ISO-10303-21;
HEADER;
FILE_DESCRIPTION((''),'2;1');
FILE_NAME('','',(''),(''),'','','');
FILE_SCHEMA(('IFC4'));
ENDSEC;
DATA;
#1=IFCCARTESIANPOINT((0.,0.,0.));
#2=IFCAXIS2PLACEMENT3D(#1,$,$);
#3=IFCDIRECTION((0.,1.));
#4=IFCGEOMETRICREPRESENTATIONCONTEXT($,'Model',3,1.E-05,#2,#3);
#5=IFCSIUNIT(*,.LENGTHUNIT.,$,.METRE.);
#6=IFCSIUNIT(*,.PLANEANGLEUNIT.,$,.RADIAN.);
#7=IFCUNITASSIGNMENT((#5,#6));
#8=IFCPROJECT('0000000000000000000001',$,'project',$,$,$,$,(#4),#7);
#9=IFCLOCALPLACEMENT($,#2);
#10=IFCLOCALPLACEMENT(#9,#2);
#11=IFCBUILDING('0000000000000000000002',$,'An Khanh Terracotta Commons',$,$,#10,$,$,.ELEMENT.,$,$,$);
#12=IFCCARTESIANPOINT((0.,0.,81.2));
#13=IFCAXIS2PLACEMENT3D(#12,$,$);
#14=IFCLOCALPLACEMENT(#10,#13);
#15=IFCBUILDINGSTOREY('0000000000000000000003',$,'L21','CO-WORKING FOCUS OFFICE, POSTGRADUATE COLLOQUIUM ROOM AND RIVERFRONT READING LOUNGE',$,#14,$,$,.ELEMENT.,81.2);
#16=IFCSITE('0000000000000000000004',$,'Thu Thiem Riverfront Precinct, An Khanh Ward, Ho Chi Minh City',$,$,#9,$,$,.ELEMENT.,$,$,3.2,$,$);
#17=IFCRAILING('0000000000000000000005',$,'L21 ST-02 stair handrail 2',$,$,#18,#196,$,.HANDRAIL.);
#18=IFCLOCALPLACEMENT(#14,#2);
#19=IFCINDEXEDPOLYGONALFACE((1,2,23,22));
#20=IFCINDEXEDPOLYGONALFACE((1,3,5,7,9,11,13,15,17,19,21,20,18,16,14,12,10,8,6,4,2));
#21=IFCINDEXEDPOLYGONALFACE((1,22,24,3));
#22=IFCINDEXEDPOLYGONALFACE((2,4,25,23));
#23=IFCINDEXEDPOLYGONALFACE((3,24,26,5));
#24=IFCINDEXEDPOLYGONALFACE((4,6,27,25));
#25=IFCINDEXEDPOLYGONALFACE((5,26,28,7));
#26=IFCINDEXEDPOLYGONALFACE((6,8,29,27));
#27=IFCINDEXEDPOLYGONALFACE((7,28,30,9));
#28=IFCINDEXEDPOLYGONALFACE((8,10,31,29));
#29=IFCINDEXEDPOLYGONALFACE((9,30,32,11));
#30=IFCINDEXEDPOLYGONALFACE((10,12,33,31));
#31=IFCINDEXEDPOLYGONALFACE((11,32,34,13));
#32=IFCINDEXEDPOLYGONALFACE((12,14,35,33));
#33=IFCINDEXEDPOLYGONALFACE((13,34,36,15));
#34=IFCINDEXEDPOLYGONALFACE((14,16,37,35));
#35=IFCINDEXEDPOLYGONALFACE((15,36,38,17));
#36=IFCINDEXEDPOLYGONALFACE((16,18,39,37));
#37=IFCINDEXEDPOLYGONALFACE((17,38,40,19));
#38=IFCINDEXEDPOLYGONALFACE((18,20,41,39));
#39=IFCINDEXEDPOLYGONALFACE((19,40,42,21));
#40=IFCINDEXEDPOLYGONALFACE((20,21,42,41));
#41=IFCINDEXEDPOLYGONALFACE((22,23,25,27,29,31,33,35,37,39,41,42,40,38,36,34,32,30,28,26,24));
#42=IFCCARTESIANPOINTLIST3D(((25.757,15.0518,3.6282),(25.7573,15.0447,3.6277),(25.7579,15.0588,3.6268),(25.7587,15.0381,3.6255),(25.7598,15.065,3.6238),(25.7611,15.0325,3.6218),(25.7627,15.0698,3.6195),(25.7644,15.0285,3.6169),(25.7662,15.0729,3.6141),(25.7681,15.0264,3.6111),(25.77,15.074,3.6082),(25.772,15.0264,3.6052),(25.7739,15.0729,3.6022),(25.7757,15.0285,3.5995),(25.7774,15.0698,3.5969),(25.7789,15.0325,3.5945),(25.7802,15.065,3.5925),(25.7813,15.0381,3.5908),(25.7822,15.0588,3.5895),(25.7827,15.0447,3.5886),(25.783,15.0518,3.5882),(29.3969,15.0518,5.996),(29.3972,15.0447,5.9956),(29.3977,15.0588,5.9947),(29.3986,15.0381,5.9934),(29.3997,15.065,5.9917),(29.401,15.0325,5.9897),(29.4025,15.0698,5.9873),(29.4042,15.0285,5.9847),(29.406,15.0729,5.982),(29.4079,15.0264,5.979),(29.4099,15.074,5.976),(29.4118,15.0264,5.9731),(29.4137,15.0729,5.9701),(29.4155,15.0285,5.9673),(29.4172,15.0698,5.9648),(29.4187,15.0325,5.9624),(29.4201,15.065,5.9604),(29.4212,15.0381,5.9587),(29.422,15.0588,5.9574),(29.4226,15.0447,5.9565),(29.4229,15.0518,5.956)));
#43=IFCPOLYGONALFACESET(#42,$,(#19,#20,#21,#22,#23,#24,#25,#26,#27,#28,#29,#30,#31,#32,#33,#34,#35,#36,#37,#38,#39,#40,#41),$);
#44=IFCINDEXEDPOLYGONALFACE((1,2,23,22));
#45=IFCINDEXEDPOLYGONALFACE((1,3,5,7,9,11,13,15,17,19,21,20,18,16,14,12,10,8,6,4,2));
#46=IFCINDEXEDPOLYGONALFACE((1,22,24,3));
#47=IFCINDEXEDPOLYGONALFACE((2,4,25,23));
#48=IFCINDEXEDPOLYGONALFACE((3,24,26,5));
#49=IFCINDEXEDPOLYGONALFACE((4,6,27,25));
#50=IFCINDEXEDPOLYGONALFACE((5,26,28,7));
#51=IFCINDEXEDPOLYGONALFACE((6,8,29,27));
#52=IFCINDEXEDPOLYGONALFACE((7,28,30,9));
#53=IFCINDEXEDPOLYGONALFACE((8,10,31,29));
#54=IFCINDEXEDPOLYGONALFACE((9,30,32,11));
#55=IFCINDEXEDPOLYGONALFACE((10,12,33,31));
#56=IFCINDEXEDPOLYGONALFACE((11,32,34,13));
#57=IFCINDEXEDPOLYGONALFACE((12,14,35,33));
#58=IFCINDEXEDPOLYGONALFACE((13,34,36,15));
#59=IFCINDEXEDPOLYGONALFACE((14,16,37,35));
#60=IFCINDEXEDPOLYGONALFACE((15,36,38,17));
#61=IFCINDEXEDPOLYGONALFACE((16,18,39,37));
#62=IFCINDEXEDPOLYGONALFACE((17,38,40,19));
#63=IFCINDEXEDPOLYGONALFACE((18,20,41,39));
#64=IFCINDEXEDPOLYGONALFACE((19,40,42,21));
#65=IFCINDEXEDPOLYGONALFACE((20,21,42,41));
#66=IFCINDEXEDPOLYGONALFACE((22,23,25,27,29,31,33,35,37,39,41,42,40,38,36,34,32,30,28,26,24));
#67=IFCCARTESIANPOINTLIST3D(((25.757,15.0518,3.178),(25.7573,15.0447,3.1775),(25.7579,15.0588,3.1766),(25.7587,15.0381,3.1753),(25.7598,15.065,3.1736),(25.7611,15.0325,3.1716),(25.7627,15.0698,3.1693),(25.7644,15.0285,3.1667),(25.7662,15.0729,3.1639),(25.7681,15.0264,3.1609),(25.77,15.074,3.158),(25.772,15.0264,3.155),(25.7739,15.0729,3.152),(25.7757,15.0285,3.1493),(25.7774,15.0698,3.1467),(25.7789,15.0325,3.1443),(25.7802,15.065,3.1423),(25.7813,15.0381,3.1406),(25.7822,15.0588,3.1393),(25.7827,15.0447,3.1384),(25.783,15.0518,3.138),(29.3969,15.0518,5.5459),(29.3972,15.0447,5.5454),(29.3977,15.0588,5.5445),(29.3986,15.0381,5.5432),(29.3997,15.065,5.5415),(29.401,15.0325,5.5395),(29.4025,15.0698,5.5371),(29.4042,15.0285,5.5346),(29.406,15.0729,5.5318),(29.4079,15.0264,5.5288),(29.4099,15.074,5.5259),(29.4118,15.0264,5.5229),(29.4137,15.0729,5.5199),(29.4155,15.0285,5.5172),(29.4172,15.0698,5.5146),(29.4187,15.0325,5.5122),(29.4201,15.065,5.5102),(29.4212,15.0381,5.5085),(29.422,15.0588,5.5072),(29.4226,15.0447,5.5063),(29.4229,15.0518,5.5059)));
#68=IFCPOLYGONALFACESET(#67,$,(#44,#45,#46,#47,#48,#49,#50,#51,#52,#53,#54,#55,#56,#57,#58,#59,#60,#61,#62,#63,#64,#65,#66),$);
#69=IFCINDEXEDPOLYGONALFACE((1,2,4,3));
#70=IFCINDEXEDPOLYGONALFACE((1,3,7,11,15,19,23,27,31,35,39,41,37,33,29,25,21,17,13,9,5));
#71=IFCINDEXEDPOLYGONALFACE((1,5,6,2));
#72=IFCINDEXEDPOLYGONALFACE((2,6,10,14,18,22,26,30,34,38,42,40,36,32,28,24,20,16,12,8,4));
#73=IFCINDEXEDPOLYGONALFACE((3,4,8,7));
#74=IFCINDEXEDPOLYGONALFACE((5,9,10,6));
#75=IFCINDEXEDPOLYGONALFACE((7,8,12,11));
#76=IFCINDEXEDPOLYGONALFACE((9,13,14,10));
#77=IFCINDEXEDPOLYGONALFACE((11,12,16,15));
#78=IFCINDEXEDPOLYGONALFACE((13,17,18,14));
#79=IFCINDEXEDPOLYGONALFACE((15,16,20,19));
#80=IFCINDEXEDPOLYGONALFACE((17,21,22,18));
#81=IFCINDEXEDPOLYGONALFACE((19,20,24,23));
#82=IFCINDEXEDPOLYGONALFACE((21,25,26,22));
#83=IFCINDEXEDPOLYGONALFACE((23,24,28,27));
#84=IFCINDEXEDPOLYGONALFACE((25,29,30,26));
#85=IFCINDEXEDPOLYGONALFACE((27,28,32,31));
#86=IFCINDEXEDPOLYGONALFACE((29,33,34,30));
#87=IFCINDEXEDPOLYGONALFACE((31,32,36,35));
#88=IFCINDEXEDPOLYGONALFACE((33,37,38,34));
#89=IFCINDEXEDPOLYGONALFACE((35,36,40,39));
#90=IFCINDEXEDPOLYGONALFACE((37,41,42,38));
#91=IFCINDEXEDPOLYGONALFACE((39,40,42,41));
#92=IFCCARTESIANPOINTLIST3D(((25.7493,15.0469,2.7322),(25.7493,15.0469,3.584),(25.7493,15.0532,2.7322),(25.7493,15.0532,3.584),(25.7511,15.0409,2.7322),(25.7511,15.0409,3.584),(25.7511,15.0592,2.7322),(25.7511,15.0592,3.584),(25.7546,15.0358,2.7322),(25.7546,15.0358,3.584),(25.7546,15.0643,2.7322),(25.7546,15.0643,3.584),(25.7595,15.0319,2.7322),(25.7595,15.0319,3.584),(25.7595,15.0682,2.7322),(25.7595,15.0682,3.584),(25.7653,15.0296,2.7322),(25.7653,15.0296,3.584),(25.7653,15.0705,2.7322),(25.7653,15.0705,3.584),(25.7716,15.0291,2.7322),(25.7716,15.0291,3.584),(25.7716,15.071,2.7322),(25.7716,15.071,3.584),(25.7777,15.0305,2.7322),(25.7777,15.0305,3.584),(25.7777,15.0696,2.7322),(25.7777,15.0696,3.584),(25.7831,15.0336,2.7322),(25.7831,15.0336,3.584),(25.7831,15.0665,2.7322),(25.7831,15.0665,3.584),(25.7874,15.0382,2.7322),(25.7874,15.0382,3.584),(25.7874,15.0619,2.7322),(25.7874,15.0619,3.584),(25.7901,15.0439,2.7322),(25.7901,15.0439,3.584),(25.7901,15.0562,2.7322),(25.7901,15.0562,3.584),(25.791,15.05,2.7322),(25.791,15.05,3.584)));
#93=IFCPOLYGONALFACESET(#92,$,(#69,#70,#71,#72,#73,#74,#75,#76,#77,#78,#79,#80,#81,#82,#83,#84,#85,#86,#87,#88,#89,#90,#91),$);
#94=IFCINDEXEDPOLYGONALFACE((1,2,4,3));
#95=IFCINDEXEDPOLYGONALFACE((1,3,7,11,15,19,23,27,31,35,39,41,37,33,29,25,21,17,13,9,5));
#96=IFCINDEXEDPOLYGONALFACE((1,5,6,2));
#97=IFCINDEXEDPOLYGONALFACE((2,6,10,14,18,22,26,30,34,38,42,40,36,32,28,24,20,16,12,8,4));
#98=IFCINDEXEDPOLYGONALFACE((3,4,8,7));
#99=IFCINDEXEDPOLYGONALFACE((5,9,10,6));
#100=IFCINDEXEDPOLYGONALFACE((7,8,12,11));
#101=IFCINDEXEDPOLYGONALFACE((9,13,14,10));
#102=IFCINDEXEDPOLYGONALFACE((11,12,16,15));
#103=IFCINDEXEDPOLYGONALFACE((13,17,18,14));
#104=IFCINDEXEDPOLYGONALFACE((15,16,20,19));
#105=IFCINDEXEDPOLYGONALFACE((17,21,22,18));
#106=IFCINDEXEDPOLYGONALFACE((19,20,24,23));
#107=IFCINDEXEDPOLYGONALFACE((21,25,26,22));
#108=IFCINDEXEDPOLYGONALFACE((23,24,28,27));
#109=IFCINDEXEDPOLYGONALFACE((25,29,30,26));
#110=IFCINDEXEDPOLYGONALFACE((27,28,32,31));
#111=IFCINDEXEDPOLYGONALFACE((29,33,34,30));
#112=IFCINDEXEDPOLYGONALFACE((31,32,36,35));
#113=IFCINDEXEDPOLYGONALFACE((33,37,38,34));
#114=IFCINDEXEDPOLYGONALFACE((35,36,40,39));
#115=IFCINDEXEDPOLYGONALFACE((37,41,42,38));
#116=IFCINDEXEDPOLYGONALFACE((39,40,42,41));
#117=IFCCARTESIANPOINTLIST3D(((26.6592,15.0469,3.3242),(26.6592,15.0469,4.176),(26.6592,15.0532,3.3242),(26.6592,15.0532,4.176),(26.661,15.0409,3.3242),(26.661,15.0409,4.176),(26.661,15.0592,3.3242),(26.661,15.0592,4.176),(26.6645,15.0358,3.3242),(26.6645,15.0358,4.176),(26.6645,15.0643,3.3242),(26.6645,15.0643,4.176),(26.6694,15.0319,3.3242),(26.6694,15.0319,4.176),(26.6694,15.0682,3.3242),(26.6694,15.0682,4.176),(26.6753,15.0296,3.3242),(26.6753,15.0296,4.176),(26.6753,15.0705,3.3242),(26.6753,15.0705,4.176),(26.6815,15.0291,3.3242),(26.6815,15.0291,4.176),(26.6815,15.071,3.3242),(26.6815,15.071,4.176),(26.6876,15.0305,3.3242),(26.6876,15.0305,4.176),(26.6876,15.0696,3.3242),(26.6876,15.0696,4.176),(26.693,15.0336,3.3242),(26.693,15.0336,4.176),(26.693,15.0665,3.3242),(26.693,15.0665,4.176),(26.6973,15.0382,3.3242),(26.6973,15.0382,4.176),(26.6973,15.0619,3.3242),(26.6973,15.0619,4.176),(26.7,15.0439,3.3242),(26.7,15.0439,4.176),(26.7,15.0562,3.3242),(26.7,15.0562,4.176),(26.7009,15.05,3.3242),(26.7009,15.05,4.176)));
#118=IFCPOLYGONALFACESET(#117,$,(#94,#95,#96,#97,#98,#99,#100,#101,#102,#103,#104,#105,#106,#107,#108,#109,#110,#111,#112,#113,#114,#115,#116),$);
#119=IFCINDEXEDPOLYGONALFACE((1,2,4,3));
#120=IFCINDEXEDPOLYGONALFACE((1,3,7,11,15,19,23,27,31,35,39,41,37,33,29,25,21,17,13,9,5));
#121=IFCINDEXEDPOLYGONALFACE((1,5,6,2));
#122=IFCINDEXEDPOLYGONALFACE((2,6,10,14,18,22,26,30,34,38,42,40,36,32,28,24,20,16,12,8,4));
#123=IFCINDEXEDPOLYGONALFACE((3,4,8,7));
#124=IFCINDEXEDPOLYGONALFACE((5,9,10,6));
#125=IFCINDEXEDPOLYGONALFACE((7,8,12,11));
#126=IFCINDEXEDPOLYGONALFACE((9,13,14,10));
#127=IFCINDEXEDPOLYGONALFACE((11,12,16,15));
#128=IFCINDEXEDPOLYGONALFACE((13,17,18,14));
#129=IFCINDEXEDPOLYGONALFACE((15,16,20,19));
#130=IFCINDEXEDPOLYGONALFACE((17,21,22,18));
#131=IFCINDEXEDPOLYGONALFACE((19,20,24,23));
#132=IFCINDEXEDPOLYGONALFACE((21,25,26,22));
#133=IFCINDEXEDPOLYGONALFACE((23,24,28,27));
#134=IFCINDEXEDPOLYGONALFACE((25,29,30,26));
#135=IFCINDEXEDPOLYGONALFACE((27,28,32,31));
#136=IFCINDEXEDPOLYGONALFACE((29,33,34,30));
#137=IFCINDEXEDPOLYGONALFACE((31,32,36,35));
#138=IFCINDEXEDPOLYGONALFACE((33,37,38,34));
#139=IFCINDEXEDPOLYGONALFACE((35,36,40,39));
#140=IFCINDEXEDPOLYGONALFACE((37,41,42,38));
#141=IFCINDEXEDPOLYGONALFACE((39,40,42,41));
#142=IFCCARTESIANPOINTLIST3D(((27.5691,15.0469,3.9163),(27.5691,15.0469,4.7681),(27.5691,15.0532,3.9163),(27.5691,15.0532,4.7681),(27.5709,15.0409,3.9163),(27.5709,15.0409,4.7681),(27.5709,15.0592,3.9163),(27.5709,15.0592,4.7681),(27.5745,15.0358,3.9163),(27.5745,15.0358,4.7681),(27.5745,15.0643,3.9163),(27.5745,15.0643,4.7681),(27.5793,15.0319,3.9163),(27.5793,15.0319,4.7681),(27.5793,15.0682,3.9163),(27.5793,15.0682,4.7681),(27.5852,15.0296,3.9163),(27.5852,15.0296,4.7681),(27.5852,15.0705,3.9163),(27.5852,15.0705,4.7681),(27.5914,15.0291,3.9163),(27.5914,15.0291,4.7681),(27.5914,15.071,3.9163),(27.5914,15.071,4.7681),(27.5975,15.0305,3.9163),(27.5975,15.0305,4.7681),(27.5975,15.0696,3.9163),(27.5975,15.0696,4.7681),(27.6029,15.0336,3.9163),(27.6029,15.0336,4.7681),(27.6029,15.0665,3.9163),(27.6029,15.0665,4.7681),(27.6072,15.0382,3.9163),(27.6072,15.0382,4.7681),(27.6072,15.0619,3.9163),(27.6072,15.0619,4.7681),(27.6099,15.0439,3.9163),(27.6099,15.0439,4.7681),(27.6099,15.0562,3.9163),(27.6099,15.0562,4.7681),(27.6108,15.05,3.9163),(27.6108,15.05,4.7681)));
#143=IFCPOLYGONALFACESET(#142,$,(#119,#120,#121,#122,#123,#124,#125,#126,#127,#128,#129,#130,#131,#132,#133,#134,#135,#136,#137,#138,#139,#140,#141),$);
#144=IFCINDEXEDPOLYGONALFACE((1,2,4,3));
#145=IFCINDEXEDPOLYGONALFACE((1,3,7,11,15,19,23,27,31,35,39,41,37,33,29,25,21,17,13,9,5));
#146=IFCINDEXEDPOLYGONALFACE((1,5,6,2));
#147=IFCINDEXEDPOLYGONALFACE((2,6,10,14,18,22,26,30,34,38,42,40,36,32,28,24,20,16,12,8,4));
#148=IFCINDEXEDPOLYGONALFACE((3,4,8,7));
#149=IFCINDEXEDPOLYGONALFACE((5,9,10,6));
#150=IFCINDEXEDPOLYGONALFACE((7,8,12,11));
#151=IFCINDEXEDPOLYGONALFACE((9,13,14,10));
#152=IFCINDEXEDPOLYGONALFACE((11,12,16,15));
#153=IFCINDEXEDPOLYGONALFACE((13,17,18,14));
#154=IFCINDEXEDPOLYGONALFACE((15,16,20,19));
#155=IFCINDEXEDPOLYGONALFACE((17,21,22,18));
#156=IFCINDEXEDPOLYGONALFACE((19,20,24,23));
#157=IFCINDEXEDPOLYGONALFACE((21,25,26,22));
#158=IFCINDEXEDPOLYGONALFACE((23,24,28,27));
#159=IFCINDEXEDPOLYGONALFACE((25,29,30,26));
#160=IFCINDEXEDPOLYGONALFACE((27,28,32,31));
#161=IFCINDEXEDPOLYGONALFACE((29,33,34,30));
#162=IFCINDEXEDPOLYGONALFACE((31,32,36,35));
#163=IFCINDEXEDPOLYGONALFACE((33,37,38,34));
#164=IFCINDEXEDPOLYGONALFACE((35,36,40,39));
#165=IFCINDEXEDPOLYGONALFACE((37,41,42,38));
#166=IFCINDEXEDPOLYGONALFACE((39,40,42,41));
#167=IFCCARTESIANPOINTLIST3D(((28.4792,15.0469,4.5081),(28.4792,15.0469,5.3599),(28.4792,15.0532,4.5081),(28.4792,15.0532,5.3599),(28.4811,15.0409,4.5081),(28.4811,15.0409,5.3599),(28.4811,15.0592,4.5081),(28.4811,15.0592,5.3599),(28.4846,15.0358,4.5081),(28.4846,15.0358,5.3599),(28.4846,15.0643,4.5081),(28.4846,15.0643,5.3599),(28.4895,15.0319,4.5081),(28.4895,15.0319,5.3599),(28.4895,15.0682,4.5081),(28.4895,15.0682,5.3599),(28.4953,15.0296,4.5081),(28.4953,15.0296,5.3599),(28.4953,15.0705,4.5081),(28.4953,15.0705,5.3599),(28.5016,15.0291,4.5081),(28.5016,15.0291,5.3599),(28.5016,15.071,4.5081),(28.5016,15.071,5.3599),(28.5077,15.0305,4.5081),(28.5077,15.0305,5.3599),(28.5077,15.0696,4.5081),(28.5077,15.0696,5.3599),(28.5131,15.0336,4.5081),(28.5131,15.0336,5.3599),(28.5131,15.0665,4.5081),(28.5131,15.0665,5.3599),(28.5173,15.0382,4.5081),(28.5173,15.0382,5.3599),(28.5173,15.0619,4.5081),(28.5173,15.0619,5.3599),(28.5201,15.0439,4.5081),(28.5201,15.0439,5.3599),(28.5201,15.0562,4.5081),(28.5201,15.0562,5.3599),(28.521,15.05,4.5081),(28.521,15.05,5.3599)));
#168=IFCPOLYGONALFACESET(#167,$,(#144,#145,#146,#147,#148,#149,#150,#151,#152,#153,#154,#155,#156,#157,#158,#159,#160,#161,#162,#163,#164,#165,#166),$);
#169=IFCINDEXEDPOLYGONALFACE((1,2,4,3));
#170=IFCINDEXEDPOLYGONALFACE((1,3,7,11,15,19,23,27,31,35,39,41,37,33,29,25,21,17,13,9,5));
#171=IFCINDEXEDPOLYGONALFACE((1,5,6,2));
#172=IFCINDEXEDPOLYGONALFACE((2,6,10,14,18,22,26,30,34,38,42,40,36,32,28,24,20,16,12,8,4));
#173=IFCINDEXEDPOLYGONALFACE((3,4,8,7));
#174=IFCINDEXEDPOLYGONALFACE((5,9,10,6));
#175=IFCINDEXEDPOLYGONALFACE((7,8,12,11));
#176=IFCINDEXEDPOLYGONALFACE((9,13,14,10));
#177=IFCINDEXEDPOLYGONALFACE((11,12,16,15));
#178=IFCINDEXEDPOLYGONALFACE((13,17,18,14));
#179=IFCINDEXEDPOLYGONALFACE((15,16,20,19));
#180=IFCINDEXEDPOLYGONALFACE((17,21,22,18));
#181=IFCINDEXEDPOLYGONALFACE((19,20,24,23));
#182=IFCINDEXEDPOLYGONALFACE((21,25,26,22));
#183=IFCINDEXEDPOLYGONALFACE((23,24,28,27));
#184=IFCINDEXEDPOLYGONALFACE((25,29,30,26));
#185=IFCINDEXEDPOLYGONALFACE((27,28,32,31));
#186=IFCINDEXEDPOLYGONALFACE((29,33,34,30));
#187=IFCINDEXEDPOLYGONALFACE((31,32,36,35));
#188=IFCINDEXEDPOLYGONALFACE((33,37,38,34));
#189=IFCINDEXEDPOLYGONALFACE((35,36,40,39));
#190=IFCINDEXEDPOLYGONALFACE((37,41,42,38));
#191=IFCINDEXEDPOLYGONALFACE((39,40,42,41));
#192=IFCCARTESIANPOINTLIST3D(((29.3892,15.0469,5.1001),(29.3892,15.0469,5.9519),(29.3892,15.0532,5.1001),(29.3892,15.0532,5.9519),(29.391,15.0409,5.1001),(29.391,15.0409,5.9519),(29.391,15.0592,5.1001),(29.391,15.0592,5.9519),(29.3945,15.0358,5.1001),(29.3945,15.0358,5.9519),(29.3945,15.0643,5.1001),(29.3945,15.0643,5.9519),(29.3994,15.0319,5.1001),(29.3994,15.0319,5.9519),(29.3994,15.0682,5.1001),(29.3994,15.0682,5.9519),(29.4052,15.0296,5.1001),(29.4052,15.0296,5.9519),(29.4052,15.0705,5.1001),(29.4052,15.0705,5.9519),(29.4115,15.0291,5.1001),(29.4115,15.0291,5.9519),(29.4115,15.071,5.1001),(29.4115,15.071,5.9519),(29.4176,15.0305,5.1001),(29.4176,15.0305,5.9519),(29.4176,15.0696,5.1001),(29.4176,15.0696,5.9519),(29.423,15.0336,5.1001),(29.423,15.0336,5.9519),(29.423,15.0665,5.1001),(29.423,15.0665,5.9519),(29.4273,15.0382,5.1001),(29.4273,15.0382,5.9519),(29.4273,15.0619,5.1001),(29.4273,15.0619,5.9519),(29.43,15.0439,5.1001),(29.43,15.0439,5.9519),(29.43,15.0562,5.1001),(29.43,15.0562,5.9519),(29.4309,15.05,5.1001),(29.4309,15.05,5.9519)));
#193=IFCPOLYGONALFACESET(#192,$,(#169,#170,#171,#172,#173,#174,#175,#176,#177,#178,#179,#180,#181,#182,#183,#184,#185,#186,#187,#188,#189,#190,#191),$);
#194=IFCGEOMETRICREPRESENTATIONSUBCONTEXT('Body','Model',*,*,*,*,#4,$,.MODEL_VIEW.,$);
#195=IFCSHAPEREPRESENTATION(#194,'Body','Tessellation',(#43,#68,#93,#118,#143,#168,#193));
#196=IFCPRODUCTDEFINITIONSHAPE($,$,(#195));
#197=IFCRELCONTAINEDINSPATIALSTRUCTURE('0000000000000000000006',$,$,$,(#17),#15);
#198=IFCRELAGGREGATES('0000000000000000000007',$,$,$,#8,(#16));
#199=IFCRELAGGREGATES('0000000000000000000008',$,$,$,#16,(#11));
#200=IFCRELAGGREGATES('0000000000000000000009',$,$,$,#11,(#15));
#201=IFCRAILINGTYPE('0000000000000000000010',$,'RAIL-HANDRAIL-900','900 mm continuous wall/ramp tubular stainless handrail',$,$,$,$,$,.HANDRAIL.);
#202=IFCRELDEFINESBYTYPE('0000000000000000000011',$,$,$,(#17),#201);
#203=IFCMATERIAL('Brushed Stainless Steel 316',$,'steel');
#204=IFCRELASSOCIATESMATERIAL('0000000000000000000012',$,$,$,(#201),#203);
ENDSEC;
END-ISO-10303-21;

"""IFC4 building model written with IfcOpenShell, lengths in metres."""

from ifc_helpers import new_model, si_unit, direction, frame, origin, origin_2d, place, context, subcontext, project, spatial, circle, extrude, material, type_object, element, save


model = new_model("IFC4")

# Units and contexts
model_context = context("Model", 3, precision=1e-05, world=origin(), true_north=direction((0.0, 1.0)))
body_context = subcontext(model_context, "Body", "Model", "MODEL_VIEW")
ifc_project = project(units=[si_unit("LENGTHUNIT", "METRE"), si_unit("PLANEANGLEUNIT", "RADIAN")], contexts=[model_context])

# Site, building, storey
site_placement = place(None, origin())
site = spatial("IfcSite", under=ifc_project, at=site_placement, Name="Thu Thiem Riverfront Precinct, An Khanh Ward, Ho Chi Minh City", CompositionType="ELEMENT", RefElevation=3.2)
building_placement = place(site_placement, origin())
building = spatial("IfcBuilding", under=site, at=building_placement, Name="An Khanh Terracotta Commons", CompositionType="ELEMENT")
storey_placement = place(building_placement, frame((0.0, 0.0, 81.2)))
storey = spatial("IfcBuildingStorey", under=building, at=storey_placement, Name="L21", Description="CO-WORKING FOCUS OFFICE, POSTGRADUATE COLLOQUIUM ROOM AND RIVERFRONT READING LOUNGE", CompositionType="ELEMENT", Elevation=81.2)

# Railing
ifc_material_1 = material(Name="Brushed Stainless Steel 316", Category="steel")
railing_type_1 = type_object("IfcRailingType", Name="RAIL-HANDRAIL-900", Description="900 mm continuous wall/ramp tubular stainless handrail", PredefinedType="HANDRAIL", material=ifc_material_1)
railing_1_placement = place(storey_placement, frame((25.77, 15.05, 2.7322)))
element("IfcRailing", 1, at=railing_1_placement, inside=storey, type_object=railing_type_1, Name="L21 ST-02 stair handrail 2", PredefinedType="HANDRAIL", context=body_context, shape_type="SweptSolid", body=[
    extrude(circle(Radius=0.0239, at=origin_2d()), frame((0.0, 0.0, 0.876), z_axis=(0.838234, 0.0, 0.54531), x_axis=(0.0, 1.0, 0.0)), (0.0, 0.0, 1.0), 4.3423),
    extrude(circle(Radius=0.0239, at=origin_2d()), frame((0.0, 0.0, 0.4258), z_axis=(0.838234, 0.0, 0.54531), x_axis=(0.0, 1.0, 0.0)), (0.0, 0.0, 1.0), 4.3423),
    extrude(circle(Radius=0.021, at=origin_2d()), origin(), (0.0, 0.0, 1.0), 0.8518),
    extrude(circle(Radius=0.021, at=origin_2d()), frame((0.9099, 0.0, 0.592)), (0.0, 0.0, 1.0), 0.8518),
    extrude(circle(Radius=0.021, at=origin_2d()), frame((1.8198, 0.0, 1.1841)), (0.0, 0.0, 1.0), 0.8518),
    extrude(circle(Radius=0.021, at=origin_2d()), frame((2.73, 0.0, 1.7759)), (0.0, 0.0, 1.0), 0.8518),
    extrude(circle(Radius=0.021, at=origin_2d()), frame((3.6399, 0.0, 2.3679)), (0.0, 0.0, 1.0), 0.8518),
])

save(model, "model.ifc")
